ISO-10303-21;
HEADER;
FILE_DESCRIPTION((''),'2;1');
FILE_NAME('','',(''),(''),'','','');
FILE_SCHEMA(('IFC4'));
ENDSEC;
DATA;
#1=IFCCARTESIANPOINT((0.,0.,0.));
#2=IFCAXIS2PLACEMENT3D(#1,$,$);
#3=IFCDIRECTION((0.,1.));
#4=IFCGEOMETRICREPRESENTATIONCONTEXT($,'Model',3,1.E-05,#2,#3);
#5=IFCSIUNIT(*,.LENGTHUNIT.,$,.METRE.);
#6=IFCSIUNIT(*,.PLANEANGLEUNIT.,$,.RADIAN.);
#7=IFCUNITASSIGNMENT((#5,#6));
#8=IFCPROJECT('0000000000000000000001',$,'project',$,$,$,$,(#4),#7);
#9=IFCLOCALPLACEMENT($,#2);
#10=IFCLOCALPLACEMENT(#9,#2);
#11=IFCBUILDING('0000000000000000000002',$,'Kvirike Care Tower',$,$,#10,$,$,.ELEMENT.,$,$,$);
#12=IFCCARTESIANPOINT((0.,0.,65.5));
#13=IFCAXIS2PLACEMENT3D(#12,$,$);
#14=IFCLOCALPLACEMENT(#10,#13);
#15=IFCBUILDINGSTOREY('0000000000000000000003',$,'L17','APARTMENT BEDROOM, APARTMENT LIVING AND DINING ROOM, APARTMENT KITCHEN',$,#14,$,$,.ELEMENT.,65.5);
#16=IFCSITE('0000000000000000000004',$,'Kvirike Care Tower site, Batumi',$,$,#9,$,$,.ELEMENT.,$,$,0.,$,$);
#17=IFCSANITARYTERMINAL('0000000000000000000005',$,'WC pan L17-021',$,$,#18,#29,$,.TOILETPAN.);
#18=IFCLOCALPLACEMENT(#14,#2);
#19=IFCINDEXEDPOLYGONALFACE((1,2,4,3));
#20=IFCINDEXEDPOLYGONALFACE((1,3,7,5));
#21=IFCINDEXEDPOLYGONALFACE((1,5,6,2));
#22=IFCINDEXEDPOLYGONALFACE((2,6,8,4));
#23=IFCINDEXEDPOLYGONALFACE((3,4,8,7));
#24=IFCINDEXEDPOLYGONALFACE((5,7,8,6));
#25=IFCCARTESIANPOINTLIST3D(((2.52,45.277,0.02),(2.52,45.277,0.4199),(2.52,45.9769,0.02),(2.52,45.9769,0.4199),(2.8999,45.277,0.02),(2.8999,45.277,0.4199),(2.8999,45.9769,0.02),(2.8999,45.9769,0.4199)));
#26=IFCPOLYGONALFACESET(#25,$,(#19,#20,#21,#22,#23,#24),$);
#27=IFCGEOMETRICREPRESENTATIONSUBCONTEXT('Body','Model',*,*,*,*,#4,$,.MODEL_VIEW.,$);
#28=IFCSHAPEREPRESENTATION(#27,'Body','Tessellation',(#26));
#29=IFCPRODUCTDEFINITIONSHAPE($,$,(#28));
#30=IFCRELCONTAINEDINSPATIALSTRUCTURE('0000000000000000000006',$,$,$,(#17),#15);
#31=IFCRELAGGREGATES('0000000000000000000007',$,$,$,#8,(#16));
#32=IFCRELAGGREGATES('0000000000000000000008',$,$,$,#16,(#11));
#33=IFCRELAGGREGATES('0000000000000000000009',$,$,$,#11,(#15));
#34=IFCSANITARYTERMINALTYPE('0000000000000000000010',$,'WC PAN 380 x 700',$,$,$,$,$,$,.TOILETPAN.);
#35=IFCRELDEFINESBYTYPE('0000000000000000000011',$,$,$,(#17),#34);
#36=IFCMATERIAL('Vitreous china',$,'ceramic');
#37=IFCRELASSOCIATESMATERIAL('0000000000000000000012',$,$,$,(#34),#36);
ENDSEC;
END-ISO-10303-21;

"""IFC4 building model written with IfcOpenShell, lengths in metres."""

from ifc_helpers import new_model, si_unit, direction, frame, origin, origin_2d, place, context, subcontext, project, spatial, rectangle, extrude, material, type_object, element, save


model = new_model("IFC4")

# Units and contexts
model_context = context("Model", 3, precision=1e-05, world=origin(), true_north=direction((0.0, 1.0)))
body_context = subcontext(model_context, "Body", "Model", "MODEL_VIEW")
ifc_project = project(units=[si_unit("LENGTHUNIT", "METRE"), si_unit("PLANEANGLEUNIT", "RADIAN")], contexts=[model_context])

# Site, building, storey
site_placement = place(None, origin())
site = spatial("IfcSite", under=ifc_project, at=site_placement, Name="Kvirike Care Tower site, Batumi", CompositionType="ELEMENT", RefElevation=0.0)
building_placement = place(site_placement, origin())
building = spatial("IfcBuilding", under=site, at=building_placement, Name="Kvirike Care Tower", CompositionType="ELEMENT")
storey_placement = place(building_placement, frame((0.0, 0.0, 65.5)))
storey = spatial("IfcBuildingStorey", under=building, at=storey_placement, Name="L17", Description="APARTMENT BEDROOM, APARTMENT LIVING AND DINING ROOM, APARTMENT KITCHEN", CompositionType="ELEMENT", Elevation=65.5)

# Sanitary terminal
ifc_material_1 = material(Name="Vitreous china", Category="ceramic")
sanitary_terminal_type_1 = type_object("IfcSanitaryTerminalType", Name="WC PAN 380 x 700", PredefinedType="TOILETPAN", material=ifc_material_1)
sanitary_terminal_1_placement = place(storey_placement, frame((2.71, 45.627, 0.02), z_axis=(0.0, 0.0, 1.0), x_axis=(-1.0, 0.0, 0.0)))
element("IfcSanitaryTerminal", 1, at=sanitary_terminal_1_placement, inside=storey, type_object=sanitary_terminal_type_1, Name="WC pan L17-021", PredefinedType="TOILETPAN", context=body_context, shape_type="SweptSolid", body=[
    extrude(rectangle(XDim=0.3799, YDim=0.7, at=origin_2d()), origin(), (0.0, 0.0, 1.0), 0.3999),
])

save(model, "model.ifc")
